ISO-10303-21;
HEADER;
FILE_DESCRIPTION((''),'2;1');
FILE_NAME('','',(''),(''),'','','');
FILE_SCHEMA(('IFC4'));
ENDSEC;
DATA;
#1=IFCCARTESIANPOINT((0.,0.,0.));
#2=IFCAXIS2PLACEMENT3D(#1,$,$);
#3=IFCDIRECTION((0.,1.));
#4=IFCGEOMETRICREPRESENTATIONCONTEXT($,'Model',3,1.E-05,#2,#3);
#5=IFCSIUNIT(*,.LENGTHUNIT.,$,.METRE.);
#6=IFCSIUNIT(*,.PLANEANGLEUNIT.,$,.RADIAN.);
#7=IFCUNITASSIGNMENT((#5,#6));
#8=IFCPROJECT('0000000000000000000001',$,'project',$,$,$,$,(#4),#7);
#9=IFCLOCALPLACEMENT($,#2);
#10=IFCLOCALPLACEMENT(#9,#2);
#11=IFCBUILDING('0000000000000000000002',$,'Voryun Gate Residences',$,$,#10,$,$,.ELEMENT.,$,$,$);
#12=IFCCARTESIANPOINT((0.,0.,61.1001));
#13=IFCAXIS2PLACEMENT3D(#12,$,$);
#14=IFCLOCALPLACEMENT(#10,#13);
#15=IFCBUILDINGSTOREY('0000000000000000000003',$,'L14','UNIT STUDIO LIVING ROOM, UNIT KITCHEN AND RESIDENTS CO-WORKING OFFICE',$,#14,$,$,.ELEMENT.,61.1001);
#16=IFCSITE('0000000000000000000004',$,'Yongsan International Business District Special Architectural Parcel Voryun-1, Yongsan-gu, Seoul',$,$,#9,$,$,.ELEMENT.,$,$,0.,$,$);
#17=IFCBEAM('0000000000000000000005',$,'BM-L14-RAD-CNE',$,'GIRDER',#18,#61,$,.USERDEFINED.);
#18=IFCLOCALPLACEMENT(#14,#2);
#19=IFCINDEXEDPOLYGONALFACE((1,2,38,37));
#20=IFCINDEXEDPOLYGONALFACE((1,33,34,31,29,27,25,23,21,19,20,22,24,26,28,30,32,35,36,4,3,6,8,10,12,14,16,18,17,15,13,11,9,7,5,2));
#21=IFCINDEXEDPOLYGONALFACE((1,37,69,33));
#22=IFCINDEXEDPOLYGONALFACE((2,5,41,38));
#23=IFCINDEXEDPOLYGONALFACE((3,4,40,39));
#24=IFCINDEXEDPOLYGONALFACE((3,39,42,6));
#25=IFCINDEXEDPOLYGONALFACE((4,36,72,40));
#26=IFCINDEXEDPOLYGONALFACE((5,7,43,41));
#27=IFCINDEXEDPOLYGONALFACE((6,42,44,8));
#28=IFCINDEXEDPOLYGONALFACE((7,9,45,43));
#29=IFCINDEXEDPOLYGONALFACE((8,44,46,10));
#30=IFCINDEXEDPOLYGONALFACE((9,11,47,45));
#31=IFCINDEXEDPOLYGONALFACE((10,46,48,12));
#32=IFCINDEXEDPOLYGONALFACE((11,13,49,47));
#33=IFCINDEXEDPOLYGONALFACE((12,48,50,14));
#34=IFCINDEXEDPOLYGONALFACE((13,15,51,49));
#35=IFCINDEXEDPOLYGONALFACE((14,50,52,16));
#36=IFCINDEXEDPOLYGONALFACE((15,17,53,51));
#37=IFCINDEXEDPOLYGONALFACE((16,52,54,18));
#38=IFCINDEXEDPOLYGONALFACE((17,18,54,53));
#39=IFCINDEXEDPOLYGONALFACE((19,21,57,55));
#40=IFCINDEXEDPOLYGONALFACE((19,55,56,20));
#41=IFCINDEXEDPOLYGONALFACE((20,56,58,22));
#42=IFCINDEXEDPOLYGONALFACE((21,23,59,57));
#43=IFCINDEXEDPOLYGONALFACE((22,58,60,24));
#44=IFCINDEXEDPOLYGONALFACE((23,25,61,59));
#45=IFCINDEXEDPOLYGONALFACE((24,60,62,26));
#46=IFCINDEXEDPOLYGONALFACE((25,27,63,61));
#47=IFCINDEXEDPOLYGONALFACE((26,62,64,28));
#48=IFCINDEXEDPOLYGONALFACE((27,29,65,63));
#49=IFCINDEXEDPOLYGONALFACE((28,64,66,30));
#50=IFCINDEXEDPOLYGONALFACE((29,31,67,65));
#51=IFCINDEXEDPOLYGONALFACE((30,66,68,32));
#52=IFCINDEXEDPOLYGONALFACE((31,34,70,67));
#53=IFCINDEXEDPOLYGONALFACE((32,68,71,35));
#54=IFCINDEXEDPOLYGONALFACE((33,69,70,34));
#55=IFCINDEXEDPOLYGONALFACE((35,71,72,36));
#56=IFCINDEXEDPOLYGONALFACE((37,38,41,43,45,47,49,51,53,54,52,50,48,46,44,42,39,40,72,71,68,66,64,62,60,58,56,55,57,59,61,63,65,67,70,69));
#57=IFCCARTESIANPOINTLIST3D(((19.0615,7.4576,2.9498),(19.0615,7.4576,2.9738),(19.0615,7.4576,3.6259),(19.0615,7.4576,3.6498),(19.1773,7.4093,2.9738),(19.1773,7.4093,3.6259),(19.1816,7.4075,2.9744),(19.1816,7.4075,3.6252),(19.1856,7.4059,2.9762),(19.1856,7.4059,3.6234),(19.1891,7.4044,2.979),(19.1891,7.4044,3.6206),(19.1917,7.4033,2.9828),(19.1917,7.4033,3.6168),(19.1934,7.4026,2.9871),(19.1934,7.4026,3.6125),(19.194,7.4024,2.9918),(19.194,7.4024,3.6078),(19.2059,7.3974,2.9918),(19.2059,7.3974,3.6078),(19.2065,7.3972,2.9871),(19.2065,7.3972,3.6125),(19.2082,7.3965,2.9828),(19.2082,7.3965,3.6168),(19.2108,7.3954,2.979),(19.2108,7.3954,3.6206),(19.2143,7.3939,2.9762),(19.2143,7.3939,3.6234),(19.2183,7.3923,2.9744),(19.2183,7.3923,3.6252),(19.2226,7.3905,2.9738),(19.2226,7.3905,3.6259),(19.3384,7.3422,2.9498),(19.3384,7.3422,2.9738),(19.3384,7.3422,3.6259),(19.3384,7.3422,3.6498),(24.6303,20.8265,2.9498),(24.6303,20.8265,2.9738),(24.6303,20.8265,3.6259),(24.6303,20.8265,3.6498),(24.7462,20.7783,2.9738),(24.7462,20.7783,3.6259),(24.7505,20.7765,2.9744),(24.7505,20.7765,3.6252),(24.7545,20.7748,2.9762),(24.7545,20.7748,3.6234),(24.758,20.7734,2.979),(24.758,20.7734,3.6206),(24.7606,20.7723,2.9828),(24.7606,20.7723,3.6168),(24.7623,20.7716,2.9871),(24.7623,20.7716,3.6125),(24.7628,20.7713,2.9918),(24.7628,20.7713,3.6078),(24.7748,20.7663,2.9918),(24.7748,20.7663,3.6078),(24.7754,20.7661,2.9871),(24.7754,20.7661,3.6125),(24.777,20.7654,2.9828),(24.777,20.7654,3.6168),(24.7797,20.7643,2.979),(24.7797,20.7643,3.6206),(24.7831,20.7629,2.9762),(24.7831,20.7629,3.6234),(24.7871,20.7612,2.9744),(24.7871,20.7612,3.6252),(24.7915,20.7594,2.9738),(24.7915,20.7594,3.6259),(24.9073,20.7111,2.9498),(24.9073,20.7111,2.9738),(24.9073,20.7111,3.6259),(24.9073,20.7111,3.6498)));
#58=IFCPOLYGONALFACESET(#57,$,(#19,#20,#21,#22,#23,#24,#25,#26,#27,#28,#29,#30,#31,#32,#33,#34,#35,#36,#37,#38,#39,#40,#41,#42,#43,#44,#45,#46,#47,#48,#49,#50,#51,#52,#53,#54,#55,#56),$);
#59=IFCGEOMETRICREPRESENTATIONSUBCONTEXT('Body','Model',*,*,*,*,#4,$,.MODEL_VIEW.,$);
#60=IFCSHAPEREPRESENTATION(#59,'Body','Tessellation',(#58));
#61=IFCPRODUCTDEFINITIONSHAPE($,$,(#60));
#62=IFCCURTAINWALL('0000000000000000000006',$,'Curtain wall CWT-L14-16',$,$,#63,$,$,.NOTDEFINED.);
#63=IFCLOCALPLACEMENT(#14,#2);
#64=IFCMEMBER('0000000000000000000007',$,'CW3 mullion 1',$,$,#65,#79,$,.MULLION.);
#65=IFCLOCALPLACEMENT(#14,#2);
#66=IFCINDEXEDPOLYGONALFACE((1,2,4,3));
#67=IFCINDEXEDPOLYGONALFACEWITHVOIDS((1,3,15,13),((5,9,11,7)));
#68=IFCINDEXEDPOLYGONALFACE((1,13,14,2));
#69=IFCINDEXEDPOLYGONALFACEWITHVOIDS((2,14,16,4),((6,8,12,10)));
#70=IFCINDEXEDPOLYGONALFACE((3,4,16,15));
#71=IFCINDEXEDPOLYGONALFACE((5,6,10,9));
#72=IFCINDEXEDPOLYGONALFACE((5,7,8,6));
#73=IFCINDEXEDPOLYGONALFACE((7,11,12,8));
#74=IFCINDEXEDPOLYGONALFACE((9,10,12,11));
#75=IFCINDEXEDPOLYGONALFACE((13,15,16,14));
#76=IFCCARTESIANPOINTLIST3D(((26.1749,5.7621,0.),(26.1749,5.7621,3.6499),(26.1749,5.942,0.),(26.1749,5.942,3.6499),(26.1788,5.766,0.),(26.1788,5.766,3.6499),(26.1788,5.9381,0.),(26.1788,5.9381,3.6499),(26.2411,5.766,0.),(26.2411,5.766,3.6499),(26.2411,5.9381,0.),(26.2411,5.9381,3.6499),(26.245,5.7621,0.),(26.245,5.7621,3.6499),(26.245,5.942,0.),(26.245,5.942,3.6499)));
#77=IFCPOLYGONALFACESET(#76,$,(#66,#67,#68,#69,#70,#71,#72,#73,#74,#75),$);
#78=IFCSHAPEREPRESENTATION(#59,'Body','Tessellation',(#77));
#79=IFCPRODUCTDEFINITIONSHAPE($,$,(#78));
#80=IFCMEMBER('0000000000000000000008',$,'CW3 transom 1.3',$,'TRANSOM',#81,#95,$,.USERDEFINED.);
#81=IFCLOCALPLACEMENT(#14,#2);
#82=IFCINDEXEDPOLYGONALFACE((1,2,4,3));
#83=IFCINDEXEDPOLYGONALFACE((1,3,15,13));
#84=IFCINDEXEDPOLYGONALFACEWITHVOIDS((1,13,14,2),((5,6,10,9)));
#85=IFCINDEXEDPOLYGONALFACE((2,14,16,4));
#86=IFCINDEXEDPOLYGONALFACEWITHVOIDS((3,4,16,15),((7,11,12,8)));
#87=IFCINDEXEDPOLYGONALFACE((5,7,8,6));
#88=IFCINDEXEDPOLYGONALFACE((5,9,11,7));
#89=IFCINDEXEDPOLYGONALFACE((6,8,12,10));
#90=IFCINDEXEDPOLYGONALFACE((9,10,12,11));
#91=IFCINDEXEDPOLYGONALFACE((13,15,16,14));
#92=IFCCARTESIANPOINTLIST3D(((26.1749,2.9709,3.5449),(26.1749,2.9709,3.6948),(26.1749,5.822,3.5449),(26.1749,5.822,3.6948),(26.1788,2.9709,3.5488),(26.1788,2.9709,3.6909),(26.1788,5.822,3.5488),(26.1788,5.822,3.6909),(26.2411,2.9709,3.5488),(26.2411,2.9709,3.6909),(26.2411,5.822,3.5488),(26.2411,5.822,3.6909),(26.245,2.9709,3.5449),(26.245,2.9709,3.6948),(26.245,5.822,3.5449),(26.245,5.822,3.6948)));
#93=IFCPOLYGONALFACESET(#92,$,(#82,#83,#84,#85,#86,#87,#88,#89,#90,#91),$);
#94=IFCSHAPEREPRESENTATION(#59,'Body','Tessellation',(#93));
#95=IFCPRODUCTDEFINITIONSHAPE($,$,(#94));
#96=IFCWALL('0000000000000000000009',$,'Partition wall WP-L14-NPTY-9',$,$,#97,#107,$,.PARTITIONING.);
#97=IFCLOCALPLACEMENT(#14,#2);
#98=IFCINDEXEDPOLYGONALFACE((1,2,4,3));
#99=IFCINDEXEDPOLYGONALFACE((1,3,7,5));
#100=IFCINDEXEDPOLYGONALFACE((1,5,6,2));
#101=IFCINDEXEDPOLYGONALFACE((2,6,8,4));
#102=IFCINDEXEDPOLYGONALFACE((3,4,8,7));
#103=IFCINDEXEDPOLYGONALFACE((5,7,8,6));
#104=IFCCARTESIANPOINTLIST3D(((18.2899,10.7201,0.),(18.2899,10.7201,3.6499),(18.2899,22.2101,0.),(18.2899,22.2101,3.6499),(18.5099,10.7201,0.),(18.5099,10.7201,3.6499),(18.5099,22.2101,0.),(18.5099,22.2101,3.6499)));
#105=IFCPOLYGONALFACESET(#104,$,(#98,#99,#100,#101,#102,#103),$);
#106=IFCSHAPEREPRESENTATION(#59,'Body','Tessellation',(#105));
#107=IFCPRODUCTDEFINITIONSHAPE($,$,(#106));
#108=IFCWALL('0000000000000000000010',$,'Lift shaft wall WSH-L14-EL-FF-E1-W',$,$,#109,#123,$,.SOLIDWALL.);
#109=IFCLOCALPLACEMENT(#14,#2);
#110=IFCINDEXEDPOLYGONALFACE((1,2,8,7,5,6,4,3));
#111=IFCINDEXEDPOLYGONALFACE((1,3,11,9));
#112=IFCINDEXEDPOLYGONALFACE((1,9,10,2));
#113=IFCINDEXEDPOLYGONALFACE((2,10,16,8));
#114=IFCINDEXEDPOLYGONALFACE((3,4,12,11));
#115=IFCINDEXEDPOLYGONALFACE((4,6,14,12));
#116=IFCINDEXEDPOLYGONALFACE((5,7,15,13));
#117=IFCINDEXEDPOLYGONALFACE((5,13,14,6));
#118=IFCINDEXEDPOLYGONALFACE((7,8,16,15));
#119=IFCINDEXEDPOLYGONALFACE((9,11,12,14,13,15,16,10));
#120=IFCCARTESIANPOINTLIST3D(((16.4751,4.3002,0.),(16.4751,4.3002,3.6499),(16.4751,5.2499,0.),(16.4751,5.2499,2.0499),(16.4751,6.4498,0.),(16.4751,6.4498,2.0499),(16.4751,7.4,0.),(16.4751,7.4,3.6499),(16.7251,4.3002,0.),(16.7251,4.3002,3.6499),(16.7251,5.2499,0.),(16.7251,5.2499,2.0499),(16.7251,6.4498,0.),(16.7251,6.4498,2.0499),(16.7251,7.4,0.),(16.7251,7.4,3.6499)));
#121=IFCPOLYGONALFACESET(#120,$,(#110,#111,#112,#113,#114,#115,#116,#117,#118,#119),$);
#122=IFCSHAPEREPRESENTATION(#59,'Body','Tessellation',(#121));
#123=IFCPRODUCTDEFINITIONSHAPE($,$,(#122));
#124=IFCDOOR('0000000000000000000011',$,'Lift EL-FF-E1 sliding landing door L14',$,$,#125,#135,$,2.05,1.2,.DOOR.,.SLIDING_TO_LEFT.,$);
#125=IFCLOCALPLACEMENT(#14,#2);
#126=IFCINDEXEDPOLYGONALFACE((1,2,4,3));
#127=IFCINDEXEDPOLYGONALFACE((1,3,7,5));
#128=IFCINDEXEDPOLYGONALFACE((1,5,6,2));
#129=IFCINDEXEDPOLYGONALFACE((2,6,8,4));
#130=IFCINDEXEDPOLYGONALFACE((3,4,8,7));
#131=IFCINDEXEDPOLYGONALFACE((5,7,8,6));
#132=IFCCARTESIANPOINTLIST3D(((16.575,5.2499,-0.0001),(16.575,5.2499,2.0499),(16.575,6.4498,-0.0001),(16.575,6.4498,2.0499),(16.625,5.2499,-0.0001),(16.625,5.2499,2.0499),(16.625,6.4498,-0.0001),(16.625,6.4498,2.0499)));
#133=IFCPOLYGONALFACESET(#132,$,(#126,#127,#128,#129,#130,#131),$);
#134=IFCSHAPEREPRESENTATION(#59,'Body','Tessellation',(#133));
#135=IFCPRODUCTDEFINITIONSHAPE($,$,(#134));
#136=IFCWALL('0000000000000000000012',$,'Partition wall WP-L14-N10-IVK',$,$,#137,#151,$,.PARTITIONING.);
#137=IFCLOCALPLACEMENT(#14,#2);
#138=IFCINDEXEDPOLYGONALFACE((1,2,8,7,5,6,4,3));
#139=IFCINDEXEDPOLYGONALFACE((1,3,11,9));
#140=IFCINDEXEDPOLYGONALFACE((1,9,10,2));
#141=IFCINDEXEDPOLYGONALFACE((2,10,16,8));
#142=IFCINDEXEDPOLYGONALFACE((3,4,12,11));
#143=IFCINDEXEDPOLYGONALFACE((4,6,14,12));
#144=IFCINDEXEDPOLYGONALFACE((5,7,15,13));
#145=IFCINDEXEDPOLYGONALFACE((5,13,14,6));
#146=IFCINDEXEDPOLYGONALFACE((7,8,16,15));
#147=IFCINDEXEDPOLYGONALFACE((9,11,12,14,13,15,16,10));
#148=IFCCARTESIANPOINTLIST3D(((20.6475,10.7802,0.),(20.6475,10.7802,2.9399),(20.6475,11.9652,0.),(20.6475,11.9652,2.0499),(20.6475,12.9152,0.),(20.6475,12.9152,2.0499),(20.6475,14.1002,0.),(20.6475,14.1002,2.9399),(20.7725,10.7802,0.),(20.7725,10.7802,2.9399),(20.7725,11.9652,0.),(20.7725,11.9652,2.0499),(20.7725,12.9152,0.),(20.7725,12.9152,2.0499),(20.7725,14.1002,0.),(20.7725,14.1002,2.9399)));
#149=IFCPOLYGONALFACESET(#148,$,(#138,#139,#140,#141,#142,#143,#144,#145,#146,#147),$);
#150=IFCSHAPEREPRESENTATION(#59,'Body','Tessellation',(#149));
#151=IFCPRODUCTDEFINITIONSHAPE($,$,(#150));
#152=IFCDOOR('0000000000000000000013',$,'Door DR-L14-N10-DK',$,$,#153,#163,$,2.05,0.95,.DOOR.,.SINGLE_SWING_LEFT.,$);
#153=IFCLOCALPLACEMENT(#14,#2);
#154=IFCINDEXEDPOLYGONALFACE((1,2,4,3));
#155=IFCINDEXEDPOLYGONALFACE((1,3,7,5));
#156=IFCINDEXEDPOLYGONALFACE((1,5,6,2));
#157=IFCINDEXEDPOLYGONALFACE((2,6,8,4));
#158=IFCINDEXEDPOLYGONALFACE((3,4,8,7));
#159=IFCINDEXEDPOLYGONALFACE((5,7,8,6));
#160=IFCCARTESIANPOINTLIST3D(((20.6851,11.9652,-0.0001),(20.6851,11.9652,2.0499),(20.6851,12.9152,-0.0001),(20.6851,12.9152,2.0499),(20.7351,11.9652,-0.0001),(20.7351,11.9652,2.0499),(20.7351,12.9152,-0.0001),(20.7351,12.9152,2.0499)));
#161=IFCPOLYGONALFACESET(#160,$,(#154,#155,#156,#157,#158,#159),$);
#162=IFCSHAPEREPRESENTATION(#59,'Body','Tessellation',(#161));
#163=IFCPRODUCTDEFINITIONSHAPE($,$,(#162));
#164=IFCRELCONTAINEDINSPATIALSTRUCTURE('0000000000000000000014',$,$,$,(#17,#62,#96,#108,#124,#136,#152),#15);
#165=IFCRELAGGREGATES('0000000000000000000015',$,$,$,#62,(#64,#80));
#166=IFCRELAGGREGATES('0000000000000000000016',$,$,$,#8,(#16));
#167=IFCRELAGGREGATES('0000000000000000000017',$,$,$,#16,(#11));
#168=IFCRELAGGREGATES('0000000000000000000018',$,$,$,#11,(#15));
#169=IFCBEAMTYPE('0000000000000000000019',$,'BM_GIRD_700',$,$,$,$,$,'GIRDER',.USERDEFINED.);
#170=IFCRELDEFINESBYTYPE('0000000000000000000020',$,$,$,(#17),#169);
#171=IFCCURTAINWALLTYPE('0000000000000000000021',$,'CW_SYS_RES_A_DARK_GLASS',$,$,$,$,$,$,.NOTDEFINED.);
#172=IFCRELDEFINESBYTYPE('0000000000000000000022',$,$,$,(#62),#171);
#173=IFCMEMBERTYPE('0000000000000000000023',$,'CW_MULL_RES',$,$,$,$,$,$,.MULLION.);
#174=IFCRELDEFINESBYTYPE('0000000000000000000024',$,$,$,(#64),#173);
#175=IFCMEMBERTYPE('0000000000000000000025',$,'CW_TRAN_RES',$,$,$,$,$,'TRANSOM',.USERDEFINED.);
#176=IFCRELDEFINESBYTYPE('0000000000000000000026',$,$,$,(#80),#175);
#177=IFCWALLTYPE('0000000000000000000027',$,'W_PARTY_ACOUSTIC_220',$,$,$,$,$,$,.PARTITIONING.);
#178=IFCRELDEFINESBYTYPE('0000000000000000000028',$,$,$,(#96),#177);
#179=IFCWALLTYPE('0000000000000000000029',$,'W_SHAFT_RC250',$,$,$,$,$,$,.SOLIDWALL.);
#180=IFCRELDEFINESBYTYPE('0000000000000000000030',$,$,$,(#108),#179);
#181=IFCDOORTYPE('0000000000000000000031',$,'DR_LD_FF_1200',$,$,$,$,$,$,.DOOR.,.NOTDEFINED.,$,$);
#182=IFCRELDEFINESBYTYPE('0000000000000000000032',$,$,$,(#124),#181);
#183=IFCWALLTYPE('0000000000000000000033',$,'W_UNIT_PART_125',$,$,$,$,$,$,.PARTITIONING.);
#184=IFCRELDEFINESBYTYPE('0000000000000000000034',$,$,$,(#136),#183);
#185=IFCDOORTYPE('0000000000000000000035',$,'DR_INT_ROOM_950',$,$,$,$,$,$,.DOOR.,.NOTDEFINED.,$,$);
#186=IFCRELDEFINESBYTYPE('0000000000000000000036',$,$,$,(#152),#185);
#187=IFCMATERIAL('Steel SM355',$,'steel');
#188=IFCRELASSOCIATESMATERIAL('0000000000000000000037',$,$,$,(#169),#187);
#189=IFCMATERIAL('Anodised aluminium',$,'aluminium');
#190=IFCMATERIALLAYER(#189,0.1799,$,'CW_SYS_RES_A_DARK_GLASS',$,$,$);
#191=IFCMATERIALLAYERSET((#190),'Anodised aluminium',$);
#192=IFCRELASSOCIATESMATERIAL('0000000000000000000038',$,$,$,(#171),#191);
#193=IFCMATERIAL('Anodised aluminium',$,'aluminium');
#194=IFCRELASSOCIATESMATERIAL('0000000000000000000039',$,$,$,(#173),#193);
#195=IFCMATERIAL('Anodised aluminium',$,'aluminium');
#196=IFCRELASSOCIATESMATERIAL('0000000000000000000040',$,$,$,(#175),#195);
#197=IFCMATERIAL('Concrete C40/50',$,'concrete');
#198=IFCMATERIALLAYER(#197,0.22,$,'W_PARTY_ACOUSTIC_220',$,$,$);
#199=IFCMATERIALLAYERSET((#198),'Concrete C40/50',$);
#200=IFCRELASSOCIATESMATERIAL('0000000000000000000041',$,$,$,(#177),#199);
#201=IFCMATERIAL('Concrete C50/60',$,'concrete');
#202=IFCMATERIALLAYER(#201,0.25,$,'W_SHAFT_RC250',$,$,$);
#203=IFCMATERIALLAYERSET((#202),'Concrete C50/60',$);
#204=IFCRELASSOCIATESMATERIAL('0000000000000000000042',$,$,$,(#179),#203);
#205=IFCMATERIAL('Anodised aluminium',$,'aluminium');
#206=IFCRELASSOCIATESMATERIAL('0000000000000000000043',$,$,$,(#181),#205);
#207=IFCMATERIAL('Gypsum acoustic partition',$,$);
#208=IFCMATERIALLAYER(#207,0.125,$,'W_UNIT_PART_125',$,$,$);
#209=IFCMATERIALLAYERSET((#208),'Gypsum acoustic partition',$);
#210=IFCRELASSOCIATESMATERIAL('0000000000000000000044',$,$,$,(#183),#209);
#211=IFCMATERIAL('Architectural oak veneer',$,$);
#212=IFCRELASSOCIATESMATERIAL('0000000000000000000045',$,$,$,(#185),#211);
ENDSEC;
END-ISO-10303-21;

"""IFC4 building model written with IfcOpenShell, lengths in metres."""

from ifc_helpers import new_model, si_unit, direction, frame, frame_2d, origin, origin_2d, place, context, subcontext, project, spatial, rectangle, hollow_rectangle, i_section, extrude, material, layer, layer_set, material_profile, profile_set, type_object, element, fill, aggregate, save


model = new_model("IFC4")

# Units and contexts
model_context = context("Model", 3, precision=1e-05, world=origin(), true_north=direction((0.0, 1.0)))
body_context = subcontext(model_context, "Body", "Model", "MODEL_VIEW")
ifc_project = project(units=[si_unit("LENGTHUNIT", "METRE"), si_unit("PLANEANGLEUNIT", "RADIAN")], contexts=[model_context])

# Site, building, storey
site_placement = place(None, origin())
site = spatial("IfcSite", under=ifc_project, at=site_placement, Name="Yongsan International Business District Special Architectural Parcel Voryun-1, Yongsan-gu, Seoul", CompositionType="ELEMENT", RefElevation=0.0)
building_placement = place(site_placement, origin())
building = spatial("IfcBuilding", under=site, at=building_placement, Name="Voryun Gate Residences", CompositionType="ELEMENT")
storey_placement = place(building_placement, frame((0.0, 0.0, 61.1001)))
storey = spatial("IfcBuildingStorey", under=building, at=storey_placement, Name="L14", Description="UNIT STUDIO LIVING ROOM, UNIT KITCHEN AND RESIDENTS CO-WORKING OFFICE", CompositionType="ELEMENT", Elevation=61.1001)

# Beam
ifc_material_1 = material(Name="Steel SM355", Category="steel")
ifc_material_profile_1 = material_profile(ifc_material_1, i_section(OverallWidth=0.3, OverallDepth=0.7, WebThickness=0.0129, FlangeThickness=0.0239, FilletRadius=0.0181, at=origin_2d()), Name="H-700x300x13x24")
ifc_profile_set_1 = profile_set([ifc_material_profile_1], Name="Steel SM355")
beam_type_1 = type_object("IfcBeamType", Name="BM_GIRD_700", ElementType="GIRDER", PredefinedType="USERDEFINED", material=ifc_profile_set_1)
beam_1_placement = place(storey_placement, frame((19.2, 7.3999, 3.2998), z_axis=(0.384526, 0.923114, 0.0), x_axis=(-0.923114, 0.384526, 0.0)))
element("IfcBeam", 1, at=beam_1_placement, inside=storey, type_object=beam_type_1, Name="BM-L14-RAD-CNE", ObjectType="GIRDER", PredefinedType="USERDEFINED", context=body_context, shape_type="SweptSolid", body=[
    extrude(i_section(OverallWidth=0.3, OverallDepth=0.7, WebThickness=0.0129, FlangeThickness=0.0239, FilletRadius=0.0181, at=origin_2d()), origin(), (0.0, 0.0, 1.0), 14.4824),
])

# Curtain wall, members
ifc_material_2 = material(Name="Anodised aluminium", Category="aluminium")
ifc_layer_1 = layer(ifc_material_2, 0.1799, Name="CW_SYS_RES_A_DARK_GLASS")
ifc_layer_set_1 = layer_set([ifc_layer_1], Name="Anodised aluminium")
curtain_wall_type = type_object("IfcCurtainWallType", Name="CW_SYS_RES_A_DARK_GLASS", PredefinedType="NOTDEFINED", material=ifc_layer_set_1)
curtain_wall_placement = place(storey_placement, origin())
curtain_wall = element("IfcCurtainWall", 2, at=curtain_wall_placement, inside=storey, type_object=curtain_wall_type, Name="Curtain wall CWT-L14-16", PredefinedType="NOTDEFINED")
ifc_material_3 = material(Name="Anodised aluminium", Category="aluminium")
ifc_material_profile_2 = material_profile(ifc_material_3, hollow_rectangle(XDim=0.0701, YDim=0.1799, WallThickness=0.0039, at=origin_2d()), Name="ALU-MULL-180x70x4")
ifc_profile_set_2 = profile_set([ifc_material_profile_2], Name="Anodised aluminium")
member_type_1 = type_object("IfcMemberType", Name="CW_MULL_RES", PredefinedType="MULLION", material=ifc_profile_set_2)
member_1_placement = place(storey_placement, frame((26.21, 5.8521, 0.0), z_axis=(0.0, 0.0, 1.0), x_axis=(1.0, 0.0, 0.0)))
member_1 = element("IfcMember", 3, at=member_1_placement, type_object=member_type_1, Name="CW3 mullion 1", PredefinedType="MULLION", context=body_context, shape_type="SweptSolid", body=[
    extrude(hollow_rectangle(XDim=0.0701, YDim=0.1799, WallThickness=0.0039, at=origin_2d()), origin(), (0.0, 0.0, 1.0), 3.6499),
])
ifc_material_4 = material(Name="Anodised aluminium", Category="aluminium")
ifc_material_profile_3 = material_profile(ifc_material_4, hollow_rectangle(XDim=0.0701, YDim=0.1499, WallThickness=0.0039, at=origin_2d()), Name="ALU-TRAN-150x70x4")
ifc_profile_set_3 = profile_set([ifc_material_profile_3], Name="Anodised aluminium")
member_type_2 = type_object("IfcMemberType", Name="CW_TRAN_RES", ElementType="TRANSOM", PredefinedType="USERDEFINED", material=ifc_profile_set_3)
member_2_placement = place(storey_placement, frame((26.21, 5.822, 3.6199), z_axis=(0.0, -1.0, 0.0), x_axis=(1.0, 0.0, 0.0)))
member_2 = element("IfcMember", 4, at=member_2_placement, type_object=member_type_2, Name="CW3 transom 1.3", ObjectType="TRANSOM", PredefinedType="USERDEFINED", context=body_context, shape_type="SweptSolid", body=[
    extrude(hollow_rectangle(XDim=0.0701, YDim=0.1499, WallThickness=0.0039, at=origin_2d()), origin(), (0.0, 0.0, 1.0), 2.8511),
])
aggregate(curtain_wall, [member_1, member_2])

# Wall
ifc_material_5 = material(Name="Concrete C40/50", Category="concrete")
ifc_layer_2 = layer(ifc_material_5, 0.22, Name="W_PARTY_ACOUSTIC_220")
ifc_layer_set_2 = layer_set([ifc_layer_2], Name="Concrete C40/50")
wall_type_1 = type_object("IfcWallType", Name="W_PARTY_ACOUSTIC_220", PredefinedType="PARTITIONING", material=ifc_layer_set_2)
wall_1_placement = place(storey_placement, frame((18.3999, 10.72, 0.0), z_axis=(0.0, 0.0, 1.0), x_axis=(0.0, 1.0, 0.0)))
element("IfcWall", 5, at=wall_1_placement, inside=storey, type_object=wall_type_1, Name="Partition wall WP-L14-NPTY-9", PredefinedType="PARTITIONING", context=body_context, shape_type="SweptSolid", body=[
    extrude(rectangle(XDim=11.49, YDim=0.22, at=frame_2d((5.7451, 0.0))), origin(), (0.0, 0.0, 1.0), 3.6499),
])

# Walls, openings, doors
ifc_material_6 = material(Name="Concrete C50/60", Category="concrete")
ifc_layer_3 = layer(ifc_material_6, 0.25, Name="W_SHAFT_RC250")
ifc_layer_set_3 = layer_set([ifc_layer_3], Name="Concrete C50/60")
wall_type_2 = type_object("IfcWallType", Name="W_SHAFT_RC250", PredefinedType="SOLIDWALL", material=ifc_layer_set_3)
wall_2_placement = place(storey_placement, frame((16.6001, 7.3999, 0.0), z_axis=(0.0, 0.0, 1.0), x_axis=(0.0, -1.0, 0.0)))
wall_2 = element("IfcWall", 6, at=wall_2_placement, inside=storey, type_object=wall_type_2, Name="Lift shaft wall WSH-L14-EL-FF-E1-W", PredefinedType="SOLIDWALL", context=body_context, shape_type="SweptSolid", body=[
    extrude(rectangle(XDim=3.0999, YDim=0.25, at=frame_2d((1.5498, 0.0))), origin(), (0.0, 0.0, 1.0), 3.6499),
])
opening_1_placement = place(wall_2_placement, frame((0.95, 0.0, 0.0)))
opening_1 = element("IfcOpeningElement", 7, at=opening_1_placement, cuts=wall_2, PredefinedType="OPENING", context=body_context, shape_type="SweptSolid", body=[
    extrude(rectangle(XDim=1.2, YDim=2.05, at=frame_2d((0.6001, 1.0249))), frame((0.0, 0.135, 0.0), z_axis=(0.0, -1.0, 0.0), x_axis=(1.0, 0.0, 0.0)), (0.0, 0.0, 1.0), 0.27),
])
ifc_material_7 = material(Name="Anodised aluminium", Category="aluminium")
door_type_1 = type_object("IfcDoorType", Name="DR_LD_FF_1200", OperationType="NOTDEFINED", PredefinedType="DOOR", material=ifc_material_7)
door_1_placement = place(opening_1_placement, origin())
door_1 = element("IfcDoor", 8, at=door_1_placement, inside=storey, type_object=door_type_1, Name="Lift EL-FF-E1 sliding landing door L14", OperationType="SLIDING_TO_LEFT", OverallHeight=2.05, OverallWidth=1.2, PredefinedType="DOOR", context=body_context, shape_type="SweptSolid", body=[
    extrude(rectangle(XDim=1.2, YDim=2.05, at=frame_2d((0.6001, 1.0249))), frame((0.0, 0.0249, 0.0), z_axis=(0.0, -1.0, 0.0), x_axis=(1.0, 0.0, 0.0)), (0.0, 0.0, 1.0), 0.05),
])
fill(opening_1, door_1)
ifc_material_8 = material(Name="Gypsum acoustic partition")
ifc_layer_4 = layer(ifc_material_8, 0.125, Name="W_UNIT_PART_125")
ifc_layer_set_4 = layer_set([ifc_layer_4], Name="Gypsum acoustic partition")
wall_type_3 = type_object("IfcWallType", Name="W_UNIT_PART_125", PredefinedType="PARTITIONING", material=ifc_layer_set_4)
wall_3_placement = place(storey_placement, frame((20.71, 10.78, 0.0), z_axis=(0.0, 0.0, 1.0), x_axis=(0.0, 1.0, 0.0)))
wall_3 = element("IfcWall", 9, at=wall_3_placement, inside=storey, type_object=wall_type_3, Name="Partition wall WP-L14-N10-IVK", PredefinedType="PARTITIONING", context=body_context, shape_type="SweptSolid", body=[
    extrude(rectangle(XDim=3.3201, YDim=0.125, at=frame_2d((1.6602, 0.0))), origin(), (0.0, 0.0, 1.0), 2.9399),
])
opening_2_placement = place(wall_3_placement, frame((1.1851, 0.0, 0.0)))
opening_2 = element("IfcOpeningElement", 10, at=opening_2_placement, cuts=wall_3, PredefinedType="OPENING", context=body_context, shape_type="SweptSolid", body=[
    extrude(rectangle(XDim=0.95, YDim=2.05, at=frame_2d((0.4751, 1.0249))), frame((0.0, 0.0725, 0.0), z_axis=(0.0, -1.0, 0.0), x_axis=(1.0, 0.0, 0.0)), (0.0, 0.0, 1.0), 0.145),
])
ifc_material_9 = material(Name="Architectural oak veneer")
door_type_2 = type_object("IfcDoorType", Name="DR_INT_ROOM_950", OperationType="NOTDEFINED", PredefinedType="DOOR", material=ifc_material_9)
door_2_placement = place(opening_2_placement, origin())
door_2 = element("IfcDoor", 11, at=door_2_placement, inside=storey, type_object=door_type_2, Name="Door DR-L14-N10-DK", OperationType="SINGLE_SWING_LEFT", OverallHeight=2.05, OverallWidth=0.95, PredefinedType="DOOR", context=body_context, shape_type="SweptSolid", body=[
    extrude(rectangle(XDim=0.95, YDim=2.05, at=frame_2d((0.4751, 1.0249))), frame((0.0, 0.0249, 0.0), z_axis=(0.0, -1.0, 0.0), x_axis=(1.0, 0.0, 0.0)), (0.0, 0.0, 1.0), 0.05),
])
fill(opening_2, door_2)

save(model, "model.ifc")
